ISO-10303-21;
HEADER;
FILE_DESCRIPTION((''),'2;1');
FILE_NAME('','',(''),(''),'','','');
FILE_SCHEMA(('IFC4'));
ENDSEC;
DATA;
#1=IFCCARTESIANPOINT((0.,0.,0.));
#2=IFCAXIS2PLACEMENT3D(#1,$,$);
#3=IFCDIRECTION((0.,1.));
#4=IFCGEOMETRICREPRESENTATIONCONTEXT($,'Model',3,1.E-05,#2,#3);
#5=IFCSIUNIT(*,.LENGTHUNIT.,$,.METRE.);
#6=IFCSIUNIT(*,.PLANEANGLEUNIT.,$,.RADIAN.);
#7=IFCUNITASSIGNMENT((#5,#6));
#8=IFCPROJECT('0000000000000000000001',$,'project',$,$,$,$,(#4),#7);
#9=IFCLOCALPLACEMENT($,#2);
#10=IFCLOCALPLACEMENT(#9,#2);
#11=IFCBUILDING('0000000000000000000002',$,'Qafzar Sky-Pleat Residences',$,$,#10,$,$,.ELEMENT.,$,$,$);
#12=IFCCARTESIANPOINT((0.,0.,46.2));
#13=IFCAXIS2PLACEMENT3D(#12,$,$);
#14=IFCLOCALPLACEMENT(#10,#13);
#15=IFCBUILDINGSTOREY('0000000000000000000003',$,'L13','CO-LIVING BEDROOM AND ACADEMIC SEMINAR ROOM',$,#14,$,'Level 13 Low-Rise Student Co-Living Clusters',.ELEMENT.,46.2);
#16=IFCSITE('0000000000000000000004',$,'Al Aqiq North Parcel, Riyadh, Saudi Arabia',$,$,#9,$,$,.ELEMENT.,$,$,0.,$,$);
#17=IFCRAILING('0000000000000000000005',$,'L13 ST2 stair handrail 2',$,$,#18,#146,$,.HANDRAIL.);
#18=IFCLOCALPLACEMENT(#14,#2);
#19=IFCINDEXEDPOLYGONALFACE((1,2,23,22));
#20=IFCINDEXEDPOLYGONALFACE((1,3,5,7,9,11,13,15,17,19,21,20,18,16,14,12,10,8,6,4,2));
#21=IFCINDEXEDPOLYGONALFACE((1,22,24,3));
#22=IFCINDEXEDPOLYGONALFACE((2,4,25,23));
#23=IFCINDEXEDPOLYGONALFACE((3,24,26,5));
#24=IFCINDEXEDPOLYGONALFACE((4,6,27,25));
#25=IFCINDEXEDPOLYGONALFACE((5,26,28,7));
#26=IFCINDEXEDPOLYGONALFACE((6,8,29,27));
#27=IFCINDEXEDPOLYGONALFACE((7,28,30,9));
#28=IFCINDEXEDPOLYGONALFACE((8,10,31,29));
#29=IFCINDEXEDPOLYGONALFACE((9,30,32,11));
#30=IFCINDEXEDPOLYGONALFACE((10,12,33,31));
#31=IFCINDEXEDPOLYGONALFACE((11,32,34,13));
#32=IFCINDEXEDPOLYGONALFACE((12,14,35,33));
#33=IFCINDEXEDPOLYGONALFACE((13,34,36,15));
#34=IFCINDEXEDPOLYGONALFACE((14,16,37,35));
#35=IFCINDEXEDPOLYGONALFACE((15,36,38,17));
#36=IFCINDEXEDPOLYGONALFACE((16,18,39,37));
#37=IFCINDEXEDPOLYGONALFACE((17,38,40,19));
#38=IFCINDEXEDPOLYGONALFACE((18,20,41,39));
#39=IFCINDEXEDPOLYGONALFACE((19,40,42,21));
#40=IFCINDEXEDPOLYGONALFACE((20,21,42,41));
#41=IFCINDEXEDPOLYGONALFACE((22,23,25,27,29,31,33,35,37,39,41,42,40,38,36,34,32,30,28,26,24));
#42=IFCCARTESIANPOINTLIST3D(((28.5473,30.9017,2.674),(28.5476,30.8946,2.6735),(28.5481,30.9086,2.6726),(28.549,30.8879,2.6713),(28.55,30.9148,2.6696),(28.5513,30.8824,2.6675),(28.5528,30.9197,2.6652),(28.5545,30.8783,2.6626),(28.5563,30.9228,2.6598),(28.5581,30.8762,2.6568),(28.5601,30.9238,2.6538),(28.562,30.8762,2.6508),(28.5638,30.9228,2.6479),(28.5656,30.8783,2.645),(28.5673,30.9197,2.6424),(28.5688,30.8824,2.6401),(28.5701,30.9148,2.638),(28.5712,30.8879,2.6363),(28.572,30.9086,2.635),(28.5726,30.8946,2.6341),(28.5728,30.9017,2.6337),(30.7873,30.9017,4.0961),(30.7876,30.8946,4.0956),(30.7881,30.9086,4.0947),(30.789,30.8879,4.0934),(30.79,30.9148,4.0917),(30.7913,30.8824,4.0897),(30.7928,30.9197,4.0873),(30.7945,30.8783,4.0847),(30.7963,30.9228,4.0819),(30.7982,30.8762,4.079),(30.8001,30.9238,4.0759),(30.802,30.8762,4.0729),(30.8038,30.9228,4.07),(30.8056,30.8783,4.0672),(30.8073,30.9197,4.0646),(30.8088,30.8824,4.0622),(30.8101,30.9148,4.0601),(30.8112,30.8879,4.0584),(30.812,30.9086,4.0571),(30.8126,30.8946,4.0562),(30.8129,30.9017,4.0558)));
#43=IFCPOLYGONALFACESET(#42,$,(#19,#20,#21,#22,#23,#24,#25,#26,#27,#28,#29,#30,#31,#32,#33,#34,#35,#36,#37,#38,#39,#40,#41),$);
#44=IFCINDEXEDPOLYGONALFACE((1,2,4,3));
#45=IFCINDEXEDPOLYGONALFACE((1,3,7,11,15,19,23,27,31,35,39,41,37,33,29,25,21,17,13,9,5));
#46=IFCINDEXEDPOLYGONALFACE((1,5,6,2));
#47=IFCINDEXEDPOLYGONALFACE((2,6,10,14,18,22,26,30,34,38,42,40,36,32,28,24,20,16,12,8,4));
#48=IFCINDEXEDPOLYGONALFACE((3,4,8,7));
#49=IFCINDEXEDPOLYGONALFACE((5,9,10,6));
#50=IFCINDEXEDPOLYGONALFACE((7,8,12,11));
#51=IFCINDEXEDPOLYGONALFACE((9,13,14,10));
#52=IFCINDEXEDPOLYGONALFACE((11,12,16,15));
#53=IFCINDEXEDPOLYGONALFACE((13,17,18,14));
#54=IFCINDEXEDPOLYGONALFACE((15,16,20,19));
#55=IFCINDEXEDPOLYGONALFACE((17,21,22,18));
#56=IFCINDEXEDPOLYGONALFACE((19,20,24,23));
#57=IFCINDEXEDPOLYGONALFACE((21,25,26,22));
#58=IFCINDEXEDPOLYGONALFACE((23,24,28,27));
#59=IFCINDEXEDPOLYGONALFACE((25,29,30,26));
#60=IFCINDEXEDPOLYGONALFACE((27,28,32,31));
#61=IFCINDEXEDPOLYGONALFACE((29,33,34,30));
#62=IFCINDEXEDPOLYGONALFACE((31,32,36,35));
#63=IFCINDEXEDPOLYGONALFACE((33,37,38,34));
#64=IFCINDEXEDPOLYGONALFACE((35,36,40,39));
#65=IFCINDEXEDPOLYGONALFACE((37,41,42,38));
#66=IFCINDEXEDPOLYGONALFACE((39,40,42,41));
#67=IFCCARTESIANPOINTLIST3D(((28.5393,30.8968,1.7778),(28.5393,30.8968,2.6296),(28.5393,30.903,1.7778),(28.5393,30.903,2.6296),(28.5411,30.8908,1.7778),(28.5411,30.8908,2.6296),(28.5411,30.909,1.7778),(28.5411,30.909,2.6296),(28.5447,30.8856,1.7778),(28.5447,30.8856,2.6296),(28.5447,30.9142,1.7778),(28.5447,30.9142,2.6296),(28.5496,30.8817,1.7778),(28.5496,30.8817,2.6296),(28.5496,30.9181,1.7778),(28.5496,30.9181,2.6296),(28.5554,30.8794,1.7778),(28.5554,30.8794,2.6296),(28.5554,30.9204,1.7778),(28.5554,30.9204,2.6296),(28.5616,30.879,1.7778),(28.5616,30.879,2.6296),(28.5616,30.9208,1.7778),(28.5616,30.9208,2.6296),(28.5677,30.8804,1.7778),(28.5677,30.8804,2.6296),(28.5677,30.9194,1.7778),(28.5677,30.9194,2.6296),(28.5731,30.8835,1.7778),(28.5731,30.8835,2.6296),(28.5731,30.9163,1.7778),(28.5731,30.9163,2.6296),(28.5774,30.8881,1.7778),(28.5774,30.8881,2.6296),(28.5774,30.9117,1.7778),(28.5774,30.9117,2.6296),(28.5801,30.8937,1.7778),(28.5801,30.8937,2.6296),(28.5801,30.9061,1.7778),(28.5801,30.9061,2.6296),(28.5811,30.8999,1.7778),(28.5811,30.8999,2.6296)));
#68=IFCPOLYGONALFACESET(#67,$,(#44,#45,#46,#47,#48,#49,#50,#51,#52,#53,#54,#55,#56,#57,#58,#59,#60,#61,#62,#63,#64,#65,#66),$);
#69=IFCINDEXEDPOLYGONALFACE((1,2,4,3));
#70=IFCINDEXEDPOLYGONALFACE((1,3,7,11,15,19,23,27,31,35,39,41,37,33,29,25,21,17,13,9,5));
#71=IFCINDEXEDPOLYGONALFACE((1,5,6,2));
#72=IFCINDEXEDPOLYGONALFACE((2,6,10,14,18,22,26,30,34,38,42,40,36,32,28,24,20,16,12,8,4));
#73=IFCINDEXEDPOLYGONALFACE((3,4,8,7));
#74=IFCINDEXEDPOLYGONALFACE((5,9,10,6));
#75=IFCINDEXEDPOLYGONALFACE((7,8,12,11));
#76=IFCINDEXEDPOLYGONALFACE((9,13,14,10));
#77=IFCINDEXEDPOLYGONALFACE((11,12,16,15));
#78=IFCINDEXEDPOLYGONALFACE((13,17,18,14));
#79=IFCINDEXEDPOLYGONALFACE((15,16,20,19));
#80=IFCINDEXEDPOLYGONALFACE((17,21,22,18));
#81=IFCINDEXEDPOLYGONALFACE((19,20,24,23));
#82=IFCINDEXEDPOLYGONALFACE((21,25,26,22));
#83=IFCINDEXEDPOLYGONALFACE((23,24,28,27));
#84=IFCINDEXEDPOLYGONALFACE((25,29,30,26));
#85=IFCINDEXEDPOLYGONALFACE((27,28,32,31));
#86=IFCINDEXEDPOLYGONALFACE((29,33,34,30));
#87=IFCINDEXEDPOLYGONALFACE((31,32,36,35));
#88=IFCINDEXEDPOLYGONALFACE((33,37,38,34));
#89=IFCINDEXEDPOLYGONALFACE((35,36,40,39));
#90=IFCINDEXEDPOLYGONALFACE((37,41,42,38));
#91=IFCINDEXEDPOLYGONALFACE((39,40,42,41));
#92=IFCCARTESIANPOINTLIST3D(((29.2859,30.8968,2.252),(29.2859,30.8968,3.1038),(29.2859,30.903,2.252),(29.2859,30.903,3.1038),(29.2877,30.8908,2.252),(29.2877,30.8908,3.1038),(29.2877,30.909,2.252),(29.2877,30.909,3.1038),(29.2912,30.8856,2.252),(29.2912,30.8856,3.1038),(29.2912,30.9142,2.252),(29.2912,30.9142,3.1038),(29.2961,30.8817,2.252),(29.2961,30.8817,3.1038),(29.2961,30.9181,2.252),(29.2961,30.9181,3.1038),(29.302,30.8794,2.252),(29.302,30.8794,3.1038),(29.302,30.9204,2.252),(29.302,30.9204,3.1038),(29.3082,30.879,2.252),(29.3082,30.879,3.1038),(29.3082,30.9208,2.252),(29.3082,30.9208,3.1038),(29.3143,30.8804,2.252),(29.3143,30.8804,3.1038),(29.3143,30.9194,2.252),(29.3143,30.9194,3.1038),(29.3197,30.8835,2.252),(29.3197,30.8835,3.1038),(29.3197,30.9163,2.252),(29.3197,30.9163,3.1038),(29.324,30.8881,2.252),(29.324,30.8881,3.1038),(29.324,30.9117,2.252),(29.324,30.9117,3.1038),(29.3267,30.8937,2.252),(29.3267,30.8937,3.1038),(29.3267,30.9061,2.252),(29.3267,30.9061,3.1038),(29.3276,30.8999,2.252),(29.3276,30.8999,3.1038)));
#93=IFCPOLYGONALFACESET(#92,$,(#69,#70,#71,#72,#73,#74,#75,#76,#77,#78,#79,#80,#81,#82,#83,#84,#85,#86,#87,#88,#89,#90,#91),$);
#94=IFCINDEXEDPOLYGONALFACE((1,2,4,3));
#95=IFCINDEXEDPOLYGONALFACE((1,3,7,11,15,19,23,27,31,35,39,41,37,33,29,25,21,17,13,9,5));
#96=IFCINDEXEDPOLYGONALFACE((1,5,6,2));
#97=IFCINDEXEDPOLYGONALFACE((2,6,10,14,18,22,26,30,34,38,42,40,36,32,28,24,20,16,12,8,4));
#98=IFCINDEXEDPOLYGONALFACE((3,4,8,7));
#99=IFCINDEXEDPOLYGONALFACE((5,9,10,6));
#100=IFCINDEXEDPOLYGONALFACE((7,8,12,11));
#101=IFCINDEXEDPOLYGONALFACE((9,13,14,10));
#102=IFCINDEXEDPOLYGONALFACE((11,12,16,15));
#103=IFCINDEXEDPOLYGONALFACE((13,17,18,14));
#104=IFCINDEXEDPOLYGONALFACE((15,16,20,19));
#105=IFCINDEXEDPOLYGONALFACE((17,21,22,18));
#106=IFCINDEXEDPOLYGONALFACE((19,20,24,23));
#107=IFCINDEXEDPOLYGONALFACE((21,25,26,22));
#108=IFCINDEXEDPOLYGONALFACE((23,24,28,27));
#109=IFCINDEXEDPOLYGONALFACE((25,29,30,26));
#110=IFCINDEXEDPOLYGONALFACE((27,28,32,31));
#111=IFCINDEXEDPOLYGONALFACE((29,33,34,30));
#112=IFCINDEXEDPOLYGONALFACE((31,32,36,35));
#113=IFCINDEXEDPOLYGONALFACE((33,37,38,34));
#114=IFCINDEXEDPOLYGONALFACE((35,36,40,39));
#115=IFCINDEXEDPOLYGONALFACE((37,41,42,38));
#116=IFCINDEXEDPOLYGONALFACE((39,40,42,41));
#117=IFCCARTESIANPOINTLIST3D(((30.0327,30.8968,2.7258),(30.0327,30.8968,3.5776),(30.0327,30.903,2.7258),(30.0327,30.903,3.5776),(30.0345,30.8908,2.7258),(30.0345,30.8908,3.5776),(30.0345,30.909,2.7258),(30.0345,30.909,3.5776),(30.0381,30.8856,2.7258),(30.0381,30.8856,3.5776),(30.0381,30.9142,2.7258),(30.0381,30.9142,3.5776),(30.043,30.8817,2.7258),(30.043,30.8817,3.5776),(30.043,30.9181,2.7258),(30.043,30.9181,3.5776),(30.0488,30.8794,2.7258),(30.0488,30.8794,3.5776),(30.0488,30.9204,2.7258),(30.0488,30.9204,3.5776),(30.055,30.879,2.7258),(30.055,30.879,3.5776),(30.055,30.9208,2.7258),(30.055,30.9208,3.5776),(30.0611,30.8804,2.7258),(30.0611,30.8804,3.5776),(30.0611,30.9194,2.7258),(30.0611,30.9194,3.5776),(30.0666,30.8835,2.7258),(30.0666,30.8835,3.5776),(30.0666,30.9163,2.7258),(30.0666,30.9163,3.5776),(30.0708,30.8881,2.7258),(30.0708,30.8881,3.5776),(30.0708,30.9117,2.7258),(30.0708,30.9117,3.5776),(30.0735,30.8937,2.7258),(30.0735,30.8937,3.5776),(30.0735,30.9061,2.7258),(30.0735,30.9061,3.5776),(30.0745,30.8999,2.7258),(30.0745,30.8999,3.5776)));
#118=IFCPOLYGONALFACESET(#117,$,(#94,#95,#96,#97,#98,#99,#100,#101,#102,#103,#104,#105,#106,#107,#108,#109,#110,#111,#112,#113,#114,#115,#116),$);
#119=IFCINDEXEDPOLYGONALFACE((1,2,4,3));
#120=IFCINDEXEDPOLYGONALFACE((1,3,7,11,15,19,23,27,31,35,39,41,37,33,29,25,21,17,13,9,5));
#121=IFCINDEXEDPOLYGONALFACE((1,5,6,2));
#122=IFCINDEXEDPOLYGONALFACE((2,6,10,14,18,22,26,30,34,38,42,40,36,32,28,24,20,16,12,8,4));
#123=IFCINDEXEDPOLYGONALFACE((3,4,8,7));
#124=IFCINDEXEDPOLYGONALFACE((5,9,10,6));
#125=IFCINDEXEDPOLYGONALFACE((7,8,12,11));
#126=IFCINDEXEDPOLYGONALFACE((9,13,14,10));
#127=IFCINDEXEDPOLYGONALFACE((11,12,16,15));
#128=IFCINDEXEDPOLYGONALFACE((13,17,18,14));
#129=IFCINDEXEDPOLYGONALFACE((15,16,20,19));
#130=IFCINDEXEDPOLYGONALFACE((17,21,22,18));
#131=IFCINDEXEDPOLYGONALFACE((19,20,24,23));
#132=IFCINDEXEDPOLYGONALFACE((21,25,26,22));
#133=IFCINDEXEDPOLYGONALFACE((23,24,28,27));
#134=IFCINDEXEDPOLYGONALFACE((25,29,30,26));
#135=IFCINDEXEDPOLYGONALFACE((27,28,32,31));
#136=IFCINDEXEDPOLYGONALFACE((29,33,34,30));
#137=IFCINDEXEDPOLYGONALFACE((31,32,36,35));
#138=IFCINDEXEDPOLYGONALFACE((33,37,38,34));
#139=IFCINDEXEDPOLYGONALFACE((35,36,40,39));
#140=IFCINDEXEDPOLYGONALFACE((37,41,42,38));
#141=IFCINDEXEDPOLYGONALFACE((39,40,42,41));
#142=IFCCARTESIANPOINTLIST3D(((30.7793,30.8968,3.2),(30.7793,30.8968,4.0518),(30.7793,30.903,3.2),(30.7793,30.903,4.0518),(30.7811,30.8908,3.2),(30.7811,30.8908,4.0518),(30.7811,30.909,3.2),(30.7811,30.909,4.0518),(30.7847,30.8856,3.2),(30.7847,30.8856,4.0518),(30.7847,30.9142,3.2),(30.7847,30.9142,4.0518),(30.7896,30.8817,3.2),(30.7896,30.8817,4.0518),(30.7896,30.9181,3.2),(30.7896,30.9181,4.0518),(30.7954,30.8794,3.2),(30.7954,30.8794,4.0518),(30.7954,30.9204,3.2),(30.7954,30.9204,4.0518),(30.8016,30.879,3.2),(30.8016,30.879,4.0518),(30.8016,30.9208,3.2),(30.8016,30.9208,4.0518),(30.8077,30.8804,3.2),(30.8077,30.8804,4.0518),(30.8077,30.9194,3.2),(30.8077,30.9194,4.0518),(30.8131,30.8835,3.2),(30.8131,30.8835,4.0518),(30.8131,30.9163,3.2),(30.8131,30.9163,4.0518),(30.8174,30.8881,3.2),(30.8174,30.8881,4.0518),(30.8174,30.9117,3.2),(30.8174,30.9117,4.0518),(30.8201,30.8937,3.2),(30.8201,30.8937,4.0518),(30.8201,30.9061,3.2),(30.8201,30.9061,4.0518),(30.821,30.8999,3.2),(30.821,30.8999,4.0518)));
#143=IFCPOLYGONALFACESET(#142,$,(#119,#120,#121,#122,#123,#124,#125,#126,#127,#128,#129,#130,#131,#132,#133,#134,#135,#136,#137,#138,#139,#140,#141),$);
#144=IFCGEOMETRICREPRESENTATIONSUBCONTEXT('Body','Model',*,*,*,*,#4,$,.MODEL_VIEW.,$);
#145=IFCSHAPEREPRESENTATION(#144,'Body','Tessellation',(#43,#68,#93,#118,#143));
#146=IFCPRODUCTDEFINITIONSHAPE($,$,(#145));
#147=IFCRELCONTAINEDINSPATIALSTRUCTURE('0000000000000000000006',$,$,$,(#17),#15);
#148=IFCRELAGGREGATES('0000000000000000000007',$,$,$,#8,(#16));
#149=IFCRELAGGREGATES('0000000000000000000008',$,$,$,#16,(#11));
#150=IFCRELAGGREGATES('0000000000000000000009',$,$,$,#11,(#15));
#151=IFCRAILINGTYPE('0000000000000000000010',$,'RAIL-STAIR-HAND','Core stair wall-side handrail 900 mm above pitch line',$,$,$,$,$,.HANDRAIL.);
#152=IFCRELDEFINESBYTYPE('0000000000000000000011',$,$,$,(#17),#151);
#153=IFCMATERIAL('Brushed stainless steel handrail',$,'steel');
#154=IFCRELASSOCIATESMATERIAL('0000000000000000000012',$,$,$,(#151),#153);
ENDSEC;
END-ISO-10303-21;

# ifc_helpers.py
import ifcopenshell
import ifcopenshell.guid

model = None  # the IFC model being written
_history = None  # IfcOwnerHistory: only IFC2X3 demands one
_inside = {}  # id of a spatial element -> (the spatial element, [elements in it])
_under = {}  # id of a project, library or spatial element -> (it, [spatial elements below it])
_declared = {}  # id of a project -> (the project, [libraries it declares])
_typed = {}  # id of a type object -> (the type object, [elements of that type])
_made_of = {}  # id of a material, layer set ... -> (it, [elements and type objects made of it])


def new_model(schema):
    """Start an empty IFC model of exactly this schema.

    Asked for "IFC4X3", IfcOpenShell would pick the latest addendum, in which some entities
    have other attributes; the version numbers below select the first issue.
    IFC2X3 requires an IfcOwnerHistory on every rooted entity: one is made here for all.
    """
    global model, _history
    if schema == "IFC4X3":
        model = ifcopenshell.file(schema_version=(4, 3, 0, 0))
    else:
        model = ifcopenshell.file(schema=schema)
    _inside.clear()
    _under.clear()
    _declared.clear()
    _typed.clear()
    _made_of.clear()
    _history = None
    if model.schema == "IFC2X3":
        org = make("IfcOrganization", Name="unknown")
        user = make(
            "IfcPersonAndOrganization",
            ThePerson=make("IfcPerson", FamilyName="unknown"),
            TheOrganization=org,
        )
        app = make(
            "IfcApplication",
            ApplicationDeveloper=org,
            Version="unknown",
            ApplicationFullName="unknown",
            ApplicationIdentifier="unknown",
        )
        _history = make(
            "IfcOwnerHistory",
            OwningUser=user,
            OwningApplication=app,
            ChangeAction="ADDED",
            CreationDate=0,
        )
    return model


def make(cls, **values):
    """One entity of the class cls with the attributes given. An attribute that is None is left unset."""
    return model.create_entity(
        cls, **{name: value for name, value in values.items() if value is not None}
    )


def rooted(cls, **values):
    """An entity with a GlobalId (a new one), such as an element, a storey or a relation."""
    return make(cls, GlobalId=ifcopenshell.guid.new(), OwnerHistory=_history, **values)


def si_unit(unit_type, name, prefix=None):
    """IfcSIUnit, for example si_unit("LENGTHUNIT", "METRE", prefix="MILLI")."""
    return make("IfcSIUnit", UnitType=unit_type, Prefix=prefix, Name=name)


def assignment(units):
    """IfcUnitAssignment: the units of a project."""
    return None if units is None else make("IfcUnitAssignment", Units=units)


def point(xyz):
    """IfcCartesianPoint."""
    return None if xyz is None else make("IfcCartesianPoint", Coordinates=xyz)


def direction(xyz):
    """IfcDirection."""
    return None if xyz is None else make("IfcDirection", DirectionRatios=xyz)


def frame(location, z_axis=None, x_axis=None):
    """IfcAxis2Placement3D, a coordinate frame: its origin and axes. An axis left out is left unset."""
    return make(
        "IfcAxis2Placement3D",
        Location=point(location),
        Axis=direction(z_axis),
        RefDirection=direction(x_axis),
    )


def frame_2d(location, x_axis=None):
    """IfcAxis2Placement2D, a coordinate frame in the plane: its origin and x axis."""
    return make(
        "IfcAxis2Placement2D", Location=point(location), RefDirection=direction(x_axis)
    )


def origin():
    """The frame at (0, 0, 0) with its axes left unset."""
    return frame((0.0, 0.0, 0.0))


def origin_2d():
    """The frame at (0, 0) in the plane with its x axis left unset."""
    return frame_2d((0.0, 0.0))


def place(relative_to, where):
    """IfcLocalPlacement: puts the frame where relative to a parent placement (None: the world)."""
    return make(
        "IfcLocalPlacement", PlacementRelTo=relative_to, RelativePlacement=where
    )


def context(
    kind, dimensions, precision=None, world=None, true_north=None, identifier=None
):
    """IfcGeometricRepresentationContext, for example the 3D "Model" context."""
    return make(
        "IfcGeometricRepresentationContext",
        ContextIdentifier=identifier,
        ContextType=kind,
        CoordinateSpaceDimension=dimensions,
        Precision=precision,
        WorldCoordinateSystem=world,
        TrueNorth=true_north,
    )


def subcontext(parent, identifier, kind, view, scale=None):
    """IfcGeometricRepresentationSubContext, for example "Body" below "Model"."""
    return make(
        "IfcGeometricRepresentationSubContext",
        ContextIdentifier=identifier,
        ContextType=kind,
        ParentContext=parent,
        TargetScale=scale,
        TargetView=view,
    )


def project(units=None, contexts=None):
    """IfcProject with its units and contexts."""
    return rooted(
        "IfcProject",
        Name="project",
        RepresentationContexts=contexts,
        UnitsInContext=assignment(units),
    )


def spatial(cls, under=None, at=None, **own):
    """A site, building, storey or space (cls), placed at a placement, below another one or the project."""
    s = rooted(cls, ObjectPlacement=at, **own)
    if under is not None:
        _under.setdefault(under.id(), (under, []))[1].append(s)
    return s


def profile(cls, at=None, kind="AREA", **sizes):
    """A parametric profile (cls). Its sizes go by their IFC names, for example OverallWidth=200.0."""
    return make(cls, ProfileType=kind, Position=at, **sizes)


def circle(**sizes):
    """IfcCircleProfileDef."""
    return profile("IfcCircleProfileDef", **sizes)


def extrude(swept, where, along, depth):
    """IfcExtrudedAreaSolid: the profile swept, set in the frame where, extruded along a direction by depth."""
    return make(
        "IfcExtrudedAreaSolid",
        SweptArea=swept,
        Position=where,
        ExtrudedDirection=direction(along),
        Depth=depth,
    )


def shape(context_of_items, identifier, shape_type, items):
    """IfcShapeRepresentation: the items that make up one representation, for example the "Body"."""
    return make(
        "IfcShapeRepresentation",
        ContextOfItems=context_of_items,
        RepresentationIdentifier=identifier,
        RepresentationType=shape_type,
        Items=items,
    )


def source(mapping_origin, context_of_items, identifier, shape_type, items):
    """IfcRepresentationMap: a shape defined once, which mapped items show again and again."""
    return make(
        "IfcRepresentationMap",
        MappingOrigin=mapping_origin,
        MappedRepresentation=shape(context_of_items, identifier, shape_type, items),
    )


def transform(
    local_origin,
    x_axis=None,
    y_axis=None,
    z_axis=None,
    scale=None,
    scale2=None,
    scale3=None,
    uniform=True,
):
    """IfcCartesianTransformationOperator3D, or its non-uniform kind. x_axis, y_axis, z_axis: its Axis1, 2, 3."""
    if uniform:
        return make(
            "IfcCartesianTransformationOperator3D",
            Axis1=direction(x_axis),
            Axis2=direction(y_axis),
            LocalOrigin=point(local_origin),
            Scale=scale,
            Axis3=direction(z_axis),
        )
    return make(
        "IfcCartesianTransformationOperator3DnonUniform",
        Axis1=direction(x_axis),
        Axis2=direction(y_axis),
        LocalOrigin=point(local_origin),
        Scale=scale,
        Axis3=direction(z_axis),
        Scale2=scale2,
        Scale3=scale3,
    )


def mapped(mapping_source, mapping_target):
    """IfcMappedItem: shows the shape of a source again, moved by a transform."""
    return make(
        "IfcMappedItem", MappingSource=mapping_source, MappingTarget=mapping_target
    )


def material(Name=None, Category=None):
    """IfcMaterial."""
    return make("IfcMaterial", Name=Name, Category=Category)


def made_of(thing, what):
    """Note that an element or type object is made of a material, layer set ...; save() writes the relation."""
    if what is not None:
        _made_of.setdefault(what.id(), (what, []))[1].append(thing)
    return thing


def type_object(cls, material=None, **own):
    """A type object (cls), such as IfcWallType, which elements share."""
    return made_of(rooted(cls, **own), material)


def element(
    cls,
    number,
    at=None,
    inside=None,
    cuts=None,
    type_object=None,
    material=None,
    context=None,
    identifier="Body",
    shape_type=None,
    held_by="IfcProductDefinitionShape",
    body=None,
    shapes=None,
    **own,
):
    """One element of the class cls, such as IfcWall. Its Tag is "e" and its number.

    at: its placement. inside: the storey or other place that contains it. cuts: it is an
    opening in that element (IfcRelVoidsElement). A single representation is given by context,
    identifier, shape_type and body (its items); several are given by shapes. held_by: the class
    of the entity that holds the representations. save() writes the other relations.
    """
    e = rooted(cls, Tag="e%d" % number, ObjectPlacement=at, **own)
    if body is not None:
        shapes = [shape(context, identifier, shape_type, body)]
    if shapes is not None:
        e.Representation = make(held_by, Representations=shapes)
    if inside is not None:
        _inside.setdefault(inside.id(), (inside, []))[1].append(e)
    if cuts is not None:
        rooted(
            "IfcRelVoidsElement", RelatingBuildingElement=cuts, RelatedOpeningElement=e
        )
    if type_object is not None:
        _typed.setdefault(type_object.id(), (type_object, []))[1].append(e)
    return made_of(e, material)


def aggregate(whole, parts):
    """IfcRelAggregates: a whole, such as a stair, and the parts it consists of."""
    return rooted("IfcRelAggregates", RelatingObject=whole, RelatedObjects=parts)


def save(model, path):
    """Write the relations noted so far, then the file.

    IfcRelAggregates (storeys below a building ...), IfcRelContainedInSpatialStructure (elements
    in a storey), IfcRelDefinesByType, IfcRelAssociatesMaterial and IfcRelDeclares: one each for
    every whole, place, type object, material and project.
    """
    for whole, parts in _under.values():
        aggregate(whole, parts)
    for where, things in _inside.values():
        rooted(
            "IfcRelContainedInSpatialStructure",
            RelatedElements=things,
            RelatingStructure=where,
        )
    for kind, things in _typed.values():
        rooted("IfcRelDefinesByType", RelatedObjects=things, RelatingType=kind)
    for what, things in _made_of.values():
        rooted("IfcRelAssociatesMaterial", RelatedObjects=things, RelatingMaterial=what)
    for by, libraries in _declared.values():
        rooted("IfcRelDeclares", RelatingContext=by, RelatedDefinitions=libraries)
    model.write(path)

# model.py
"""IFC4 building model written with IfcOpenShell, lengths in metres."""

from ifc_helpers import new_model, si_unit, direction, frame, origin, origin_2d, place, context, subcontext, project, spatial, circle, extrude, source, transform, mapped, material, type_object, element, save


model = new_model("IFC4")

# Units and contexts
model_context = context("Model", 3, precision=1e-05, world=origin(), true_north=direction((0.0, 1.0)))
body_context = subcontext(model_context, "Body", "Model", "MODEL_VIEW")
ifc_project = project(units=[si_unit("LENGTHUNIT", "METRE"), si_unit("PLANEANGLEUNIT", "RADIAN")], contexts=[model_context])

# Site, building, storey
site_placement = place(None, origin())
site = spatial("IfcSite", under=ifc_project, at=site_placement, Name="Al Aqiq North Parcel, Riyadh, Saudi Arabia", CompositionType="ELEMENT", RefElevation=0.0)
building_placement = place(site_placement, origin())
building = spatial("IfcBuilding", under=site, at=building_placement, Name="Qafzar Sky-Pleat Residences", CompositionType="ELEMENT")
storey_placement = place(building_placement, frame((0.0, 0.0, 46.2)))
storey = spatial("IfcBuildingStorey", under=building, at=storey_placement, Name="L13", Description="CO-LIVING BEDROOM AND ACADEMIC SEMINAR ROOM", LongName="Level 13 Low-Rise Student Co-Living Clusters", CompositionType="ELEMENT", Elevation=46.2)

# Railing
ifc_material_1 = material(Name="Brushed stainless steel handrail", Category="steel")
railing_type_1 = type_object("IfcRailingType", Name="RAIL-STAIR-HAND", Description="Core stair wall-side handrail 900 mm above pitch line", PredefinedType="HANDRAIL", material=ifc_material_1)
shared_shape_1 = source(origin(), body_context, "Body", "SweptSolid", [
    extrude(circle(Radius=0.0239, at=origin_2d()), frame((0.0, 0.0, 0.876), z_axis=(0.844229, 0.0, 0.535982), x_axis=(0.0, 1.0, 0.0)), (0.0, 0.0, 1.0), 2.6533),
    extrude(circle(Radius=0.021, at=origin_2d()), origin(), (0.0, 0.0, 1.0), 0.8518),
    extrude(circle(Radius=0.021, at=origin_2d()), frame((0.7466, 0.0, 0.4741)), (0.0, 0.0, 1.0), 0.8518),
    extrude(circle(Radius=0.021, at=origin_2d()), frame((1.4934, 0.0, 0.948)), (0.0, 0.0, 1.0), 0.8518),
    extrude(circle(Radius=0.021, at=origin_2d()), frame((2.24, 0.0, 1.4221)), (0.0, 0.0, 1.0), 0.8518),
])
railing_1_placement = place(storey_placement, frame((28.5601, 30.8999, 1.7778)))
element("IfcRailing", 1, at=railing_1_placement, inside=storey, type_object=railing_type_1, Name="L13 ST2 stair handrail 2", PredefinedType="HANDRAIL", context=body_context, shape_type="MappedRepresentation", body=[
    mapped(shared_shape_1, transform((0.0, 0.0, 0.0), x_axis=(1.0, 0.0, 0.0), y_axis=(0.0, 1.0, 0.0), z_axis=(0.0, 0.0, 1.0), scale=1.0)),
])

save(model, "model.ifc")
